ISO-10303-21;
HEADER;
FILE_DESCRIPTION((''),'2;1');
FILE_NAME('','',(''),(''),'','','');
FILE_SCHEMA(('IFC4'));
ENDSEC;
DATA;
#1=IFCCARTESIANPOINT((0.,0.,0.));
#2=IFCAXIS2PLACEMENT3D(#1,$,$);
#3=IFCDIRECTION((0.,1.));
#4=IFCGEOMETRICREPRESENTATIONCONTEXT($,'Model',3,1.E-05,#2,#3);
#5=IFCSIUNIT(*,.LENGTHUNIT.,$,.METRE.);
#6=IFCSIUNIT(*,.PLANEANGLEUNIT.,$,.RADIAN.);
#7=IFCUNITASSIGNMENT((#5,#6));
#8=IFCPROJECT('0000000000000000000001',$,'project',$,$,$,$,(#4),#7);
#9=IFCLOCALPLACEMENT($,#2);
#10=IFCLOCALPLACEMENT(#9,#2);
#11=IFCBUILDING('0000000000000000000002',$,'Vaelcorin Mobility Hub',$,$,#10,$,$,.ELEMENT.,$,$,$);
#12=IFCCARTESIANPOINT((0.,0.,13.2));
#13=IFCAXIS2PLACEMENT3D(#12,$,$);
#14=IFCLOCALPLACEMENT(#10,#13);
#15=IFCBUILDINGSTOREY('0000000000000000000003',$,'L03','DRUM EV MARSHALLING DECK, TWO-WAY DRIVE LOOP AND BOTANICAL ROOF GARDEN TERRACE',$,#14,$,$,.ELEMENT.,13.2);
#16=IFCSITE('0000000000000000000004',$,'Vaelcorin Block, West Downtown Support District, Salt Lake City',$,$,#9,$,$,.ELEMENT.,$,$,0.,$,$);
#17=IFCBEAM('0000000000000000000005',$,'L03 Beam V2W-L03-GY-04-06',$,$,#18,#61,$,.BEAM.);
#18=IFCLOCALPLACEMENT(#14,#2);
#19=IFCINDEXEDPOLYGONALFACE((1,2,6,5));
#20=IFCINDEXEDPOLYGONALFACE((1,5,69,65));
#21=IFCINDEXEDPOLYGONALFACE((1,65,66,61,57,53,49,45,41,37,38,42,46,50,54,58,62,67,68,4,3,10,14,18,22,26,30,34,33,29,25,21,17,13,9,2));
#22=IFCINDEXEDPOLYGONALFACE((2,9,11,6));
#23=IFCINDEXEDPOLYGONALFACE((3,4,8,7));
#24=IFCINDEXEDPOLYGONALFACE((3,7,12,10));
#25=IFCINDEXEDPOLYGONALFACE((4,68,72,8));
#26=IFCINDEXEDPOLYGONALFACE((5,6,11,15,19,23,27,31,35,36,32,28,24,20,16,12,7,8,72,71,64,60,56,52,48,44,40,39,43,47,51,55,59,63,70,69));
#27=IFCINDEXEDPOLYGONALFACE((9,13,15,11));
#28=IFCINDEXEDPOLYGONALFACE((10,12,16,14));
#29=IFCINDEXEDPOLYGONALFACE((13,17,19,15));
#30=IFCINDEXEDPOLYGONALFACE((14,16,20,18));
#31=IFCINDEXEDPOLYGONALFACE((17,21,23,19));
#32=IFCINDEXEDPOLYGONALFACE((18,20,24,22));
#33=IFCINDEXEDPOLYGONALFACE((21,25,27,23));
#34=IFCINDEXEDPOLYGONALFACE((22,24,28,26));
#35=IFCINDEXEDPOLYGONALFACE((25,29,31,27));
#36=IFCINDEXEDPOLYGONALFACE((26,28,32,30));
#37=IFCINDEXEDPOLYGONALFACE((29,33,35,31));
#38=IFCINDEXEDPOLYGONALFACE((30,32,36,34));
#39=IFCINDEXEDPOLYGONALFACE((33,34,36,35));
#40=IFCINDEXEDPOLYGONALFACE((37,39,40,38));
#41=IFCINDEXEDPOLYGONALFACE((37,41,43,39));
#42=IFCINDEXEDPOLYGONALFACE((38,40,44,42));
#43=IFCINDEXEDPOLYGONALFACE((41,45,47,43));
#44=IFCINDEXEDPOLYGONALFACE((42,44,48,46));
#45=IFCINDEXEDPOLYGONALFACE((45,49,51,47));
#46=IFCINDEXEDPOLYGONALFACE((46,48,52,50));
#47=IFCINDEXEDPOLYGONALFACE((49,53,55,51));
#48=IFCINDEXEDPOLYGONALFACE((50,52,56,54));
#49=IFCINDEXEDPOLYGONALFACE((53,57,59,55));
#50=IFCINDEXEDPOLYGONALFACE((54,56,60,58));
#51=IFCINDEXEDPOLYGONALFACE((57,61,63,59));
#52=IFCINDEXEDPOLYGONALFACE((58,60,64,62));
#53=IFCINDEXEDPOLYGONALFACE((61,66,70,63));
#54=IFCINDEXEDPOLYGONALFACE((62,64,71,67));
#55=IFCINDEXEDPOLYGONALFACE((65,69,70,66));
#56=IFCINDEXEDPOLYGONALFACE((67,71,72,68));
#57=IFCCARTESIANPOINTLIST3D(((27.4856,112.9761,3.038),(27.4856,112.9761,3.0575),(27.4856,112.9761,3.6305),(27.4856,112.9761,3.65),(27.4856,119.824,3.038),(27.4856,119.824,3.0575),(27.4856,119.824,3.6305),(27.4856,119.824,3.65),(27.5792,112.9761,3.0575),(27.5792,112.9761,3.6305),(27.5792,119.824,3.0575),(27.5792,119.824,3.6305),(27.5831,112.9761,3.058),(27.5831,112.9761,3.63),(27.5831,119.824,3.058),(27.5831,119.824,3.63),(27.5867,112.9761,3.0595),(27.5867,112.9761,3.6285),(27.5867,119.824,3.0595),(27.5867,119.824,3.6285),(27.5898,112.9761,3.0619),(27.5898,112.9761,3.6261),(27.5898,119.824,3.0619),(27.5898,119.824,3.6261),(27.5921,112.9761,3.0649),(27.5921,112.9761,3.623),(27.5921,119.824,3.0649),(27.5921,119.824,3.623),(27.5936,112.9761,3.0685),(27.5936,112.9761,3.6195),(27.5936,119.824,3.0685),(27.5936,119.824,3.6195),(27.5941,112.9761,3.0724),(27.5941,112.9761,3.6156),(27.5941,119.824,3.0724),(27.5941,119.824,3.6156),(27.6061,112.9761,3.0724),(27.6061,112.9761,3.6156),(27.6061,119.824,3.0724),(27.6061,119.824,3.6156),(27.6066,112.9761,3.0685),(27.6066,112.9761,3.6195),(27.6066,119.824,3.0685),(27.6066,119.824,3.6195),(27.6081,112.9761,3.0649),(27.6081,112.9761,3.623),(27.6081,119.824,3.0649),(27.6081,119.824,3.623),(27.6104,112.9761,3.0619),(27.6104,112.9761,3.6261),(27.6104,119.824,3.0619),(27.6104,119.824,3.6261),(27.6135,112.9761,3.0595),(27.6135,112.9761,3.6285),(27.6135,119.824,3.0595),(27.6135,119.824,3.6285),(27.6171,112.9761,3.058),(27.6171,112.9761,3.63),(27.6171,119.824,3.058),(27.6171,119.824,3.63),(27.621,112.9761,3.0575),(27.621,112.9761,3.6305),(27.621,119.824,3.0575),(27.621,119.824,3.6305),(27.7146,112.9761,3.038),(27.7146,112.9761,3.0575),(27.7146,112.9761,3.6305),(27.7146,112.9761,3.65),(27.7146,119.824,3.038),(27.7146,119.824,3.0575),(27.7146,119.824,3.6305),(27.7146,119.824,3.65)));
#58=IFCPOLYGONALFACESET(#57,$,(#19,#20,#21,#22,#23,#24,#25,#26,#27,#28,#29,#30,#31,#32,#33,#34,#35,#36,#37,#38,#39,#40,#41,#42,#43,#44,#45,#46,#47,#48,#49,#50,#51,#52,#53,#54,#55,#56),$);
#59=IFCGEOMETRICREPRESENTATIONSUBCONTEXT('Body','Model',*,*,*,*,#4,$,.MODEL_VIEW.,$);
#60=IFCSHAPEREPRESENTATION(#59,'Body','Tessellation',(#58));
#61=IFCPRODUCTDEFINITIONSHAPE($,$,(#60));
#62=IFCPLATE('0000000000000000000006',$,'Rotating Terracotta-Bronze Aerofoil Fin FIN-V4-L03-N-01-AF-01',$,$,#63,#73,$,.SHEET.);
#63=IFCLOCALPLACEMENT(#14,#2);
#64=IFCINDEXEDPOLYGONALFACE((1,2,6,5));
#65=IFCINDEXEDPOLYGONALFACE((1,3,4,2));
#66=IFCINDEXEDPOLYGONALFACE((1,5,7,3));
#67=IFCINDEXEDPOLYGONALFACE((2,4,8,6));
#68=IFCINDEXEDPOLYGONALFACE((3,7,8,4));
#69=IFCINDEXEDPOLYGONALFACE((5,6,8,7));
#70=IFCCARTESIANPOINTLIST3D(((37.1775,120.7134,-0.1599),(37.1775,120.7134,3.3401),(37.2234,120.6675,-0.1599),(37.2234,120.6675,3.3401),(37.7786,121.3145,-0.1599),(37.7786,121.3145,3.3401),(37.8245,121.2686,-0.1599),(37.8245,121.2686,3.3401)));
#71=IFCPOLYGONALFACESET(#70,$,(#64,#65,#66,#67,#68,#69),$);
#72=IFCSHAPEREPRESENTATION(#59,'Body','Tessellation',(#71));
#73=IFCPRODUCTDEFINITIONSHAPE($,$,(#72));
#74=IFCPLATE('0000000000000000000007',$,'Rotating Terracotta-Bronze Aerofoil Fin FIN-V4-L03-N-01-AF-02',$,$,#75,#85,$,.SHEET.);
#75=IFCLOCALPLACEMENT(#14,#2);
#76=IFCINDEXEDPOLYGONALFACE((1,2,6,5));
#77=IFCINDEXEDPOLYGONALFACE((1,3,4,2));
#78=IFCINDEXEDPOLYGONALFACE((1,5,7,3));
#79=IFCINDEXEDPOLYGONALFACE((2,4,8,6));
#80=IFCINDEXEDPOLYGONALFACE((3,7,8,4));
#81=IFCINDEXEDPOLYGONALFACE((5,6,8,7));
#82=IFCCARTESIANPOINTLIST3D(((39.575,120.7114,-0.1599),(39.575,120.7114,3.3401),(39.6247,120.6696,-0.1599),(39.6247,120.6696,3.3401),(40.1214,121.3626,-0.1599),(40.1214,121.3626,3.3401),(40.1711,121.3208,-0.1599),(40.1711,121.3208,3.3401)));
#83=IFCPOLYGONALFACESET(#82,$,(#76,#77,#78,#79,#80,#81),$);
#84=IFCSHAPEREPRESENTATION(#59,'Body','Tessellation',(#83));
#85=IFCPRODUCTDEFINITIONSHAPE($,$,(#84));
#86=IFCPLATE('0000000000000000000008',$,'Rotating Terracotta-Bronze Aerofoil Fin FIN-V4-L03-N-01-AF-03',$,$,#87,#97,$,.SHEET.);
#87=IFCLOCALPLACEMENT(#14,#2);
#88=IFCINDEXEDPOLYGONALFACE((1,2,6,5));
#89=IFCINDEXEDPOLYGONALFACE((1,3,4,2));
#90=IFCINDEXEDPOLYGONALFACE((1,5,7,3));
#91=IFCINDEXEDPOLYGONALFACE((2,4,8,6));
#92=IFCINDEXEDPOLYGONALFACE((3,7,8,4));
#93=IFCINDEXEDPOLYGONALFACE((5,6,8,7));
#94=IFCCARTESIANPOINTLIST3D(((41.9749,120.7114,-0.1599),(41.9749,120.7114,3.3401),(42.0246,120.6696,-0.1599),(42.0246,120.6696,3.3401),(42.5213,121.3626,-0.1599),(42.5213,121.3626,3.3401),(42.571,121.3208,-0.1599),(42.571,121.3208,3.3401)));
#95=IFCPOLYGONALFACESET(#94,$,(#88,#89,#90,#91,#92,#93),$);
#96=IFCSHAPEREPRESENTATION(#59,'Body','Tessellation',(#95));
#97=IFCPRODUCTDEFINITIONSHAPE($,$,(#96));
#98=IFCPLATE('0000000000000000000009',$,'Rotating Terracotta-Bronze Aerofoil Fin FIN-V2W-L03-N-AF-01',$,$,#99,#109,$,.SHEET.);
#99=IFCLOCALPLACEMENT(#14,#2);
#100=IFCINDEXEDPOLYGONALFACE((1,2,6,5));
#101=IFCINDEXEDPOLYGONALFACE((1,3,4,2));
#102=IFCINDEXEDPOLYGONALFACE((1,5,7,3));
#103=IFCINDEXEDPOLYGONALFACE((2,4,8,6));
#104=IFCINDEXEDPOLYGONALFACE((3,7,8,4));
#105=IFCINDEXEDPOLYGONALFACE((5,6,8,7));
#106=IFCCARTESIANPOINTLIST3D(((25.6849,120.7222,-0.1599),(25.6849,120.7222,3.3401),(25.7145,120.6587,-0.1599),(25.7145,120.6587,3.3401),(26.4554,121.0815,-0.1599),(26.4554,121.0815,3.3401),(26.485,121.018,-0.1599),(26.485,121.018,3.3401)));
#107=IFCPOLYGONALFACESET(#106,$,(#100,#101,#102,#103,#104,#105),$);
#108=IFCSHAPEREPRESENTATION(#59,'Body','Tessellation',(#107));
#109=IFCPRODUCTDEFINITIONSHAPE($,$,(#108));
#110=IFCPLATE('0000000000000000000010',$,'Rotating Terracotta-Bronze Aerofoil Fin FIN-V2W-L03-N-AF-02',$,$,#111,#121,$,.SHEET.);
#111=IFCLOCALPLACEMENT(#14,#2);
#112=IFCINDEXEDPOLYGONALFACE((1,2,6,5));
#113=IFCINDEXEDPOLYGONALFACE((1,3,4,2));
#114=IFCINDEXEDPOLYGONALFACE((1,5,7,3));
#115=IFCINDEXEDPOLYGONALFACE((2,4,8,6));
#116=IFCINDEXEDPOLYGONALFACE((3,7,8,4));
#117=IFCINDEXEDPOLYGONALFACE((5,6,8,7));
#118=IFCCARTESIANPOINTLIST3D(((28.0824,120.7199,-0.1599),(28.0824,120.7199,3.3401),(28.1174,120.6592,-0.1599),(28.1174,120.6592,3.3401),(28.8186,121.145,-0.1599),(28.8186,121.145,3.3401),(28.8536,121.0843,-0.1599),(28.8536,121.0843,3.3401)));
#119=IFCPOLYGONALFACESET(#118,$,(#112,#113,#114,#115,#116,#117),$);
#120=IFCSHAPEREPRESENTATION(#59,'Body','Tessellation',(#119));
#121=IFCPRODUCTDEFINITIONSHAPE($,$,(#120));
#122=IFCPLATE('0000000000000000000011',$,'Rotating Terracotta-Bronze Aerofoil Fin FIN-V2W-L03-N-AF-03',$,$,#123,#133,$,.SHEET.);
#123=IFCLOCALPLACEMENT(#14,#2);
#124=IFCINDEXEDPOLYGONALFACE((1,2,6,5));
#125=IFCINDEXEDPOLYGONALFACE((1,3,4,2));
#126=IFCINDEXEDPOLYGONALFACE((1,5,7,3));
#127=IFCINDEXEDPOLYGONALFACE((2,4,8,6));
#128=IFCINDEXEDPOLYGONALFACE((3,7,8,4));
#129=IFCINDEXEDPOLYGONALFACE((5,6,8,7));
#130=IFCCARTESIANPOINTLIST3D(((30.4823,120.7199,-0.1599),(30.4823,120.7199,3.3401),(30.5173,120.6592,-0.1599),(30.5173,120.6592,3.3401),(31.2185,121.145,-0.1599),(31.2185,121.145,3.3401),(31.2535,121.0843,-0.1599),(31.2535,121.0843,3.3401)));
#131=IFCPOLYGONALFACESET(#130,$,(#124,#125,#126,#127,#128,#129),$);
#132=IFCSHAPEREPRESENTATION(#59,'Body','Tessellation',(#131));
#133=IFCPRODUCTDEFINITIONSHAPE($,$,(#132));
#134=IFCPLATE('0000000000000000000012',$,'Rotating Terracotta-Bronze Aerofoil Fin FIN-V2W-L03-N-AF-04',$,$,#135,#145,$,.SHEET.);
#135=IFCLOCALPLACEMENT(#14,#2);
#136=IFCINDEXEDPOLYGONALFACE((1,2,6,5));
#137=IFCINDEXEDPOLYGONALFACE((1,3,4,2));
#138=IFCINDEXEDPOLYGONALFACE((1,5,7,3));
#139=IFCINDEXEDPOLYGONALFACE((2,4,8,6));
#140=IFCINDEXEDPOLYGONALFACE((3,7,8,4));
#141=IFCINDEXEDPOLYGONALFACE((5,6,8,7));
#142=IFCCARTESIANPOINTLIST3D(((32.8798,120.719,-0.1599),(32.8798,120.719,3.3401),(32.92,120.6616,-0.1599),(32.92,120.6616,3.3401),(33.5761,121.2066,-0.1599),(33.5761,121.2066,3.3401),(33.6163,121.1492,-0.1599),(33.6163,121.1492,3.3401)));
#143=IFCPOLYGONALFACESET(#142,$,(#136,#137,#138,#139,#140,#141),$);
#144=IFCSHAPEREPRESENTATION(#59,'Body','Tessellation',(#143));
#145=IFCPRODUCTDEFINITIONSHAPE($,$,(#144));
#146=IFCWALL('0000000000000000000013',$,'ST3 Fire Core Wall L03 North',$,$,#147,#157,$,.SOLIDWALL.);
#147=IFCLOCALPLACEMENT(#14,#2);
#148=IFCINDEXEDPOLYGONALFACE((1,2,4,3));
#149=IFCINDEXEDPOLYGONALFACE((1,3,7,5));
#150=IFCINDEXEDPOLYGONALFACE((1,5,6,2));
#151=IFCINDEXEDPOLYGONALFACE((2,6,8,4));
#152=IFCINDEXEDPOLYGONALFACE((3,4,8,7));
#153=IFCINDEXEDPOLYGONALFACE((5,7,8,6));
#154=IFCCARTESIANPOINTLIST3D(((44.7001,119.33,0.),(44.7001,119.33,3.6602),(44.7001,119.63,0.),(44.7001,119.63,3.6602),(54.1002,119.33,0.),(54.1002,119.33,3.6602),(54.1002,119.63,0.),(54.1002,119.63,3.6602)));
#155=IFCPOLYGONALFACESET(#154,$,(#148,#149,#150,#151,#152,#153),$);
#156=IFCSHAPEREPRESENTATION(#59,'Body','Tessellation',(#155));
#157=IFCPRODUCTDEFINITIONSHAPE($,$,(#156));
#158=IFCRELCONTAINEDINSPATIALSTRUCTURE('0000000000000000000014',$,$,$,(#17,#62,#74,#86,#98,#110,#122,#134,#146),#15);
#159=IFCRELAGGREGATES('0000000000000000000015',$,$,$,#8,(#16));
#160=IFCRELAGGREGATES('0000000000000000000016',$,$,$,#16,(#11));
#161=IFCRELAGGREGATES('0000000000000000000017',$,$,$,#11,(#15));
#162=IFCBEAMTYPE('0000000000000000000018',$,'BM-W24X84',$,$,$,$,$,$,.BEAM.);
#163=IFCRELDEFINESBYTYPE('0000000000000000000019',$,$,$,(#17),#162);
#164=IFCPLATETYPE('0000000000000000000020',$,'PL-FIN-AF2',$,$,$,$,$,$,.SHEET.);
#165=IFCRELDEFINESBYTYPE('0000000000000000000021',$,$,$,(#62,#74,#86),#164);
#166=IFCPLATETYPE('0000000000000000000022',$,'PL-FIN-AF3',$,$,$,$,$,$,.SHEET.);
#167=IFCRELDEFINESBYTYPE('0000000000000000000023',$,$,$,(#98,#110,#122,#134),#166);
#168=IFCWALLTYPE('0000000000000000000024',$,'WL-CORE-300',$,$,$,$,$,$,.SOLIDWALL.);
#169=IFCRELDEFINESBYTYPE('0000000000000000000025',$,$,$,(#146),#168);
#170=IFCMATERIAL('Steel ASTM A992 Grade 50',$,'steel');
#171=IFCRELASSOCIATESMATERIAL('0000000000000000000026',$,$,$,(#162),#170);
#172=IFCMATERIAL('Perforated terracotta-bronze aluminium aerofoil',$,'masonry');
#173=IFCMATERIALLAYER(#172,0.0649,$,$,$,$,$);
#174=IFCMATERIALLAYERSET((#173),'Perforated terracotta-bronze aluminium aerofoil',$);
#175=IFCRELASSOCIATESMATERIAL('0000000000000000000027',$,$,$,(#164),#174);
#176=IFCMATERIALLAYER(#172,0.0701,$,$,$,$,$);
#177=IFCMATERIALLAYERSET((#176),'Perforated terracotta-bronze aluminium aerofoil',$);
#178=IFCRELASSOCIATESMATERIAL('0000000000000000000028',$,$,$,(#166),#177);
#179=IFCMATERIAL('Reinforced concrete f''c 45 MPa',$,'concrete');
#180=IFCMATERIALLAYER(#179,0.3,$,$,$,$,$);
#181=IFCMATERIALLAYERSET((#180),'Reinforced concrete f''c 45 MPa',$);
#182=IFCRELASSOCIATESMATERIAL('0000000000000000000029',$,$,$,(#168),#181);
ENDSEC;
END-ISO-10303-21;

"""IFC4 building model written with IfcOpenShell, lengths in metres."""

from ifc_helpers import new_model, si_unit, direction, frame, frame_2d, origin, origin_2d, place, context, subcontext, project, spatial, rectangle, i_section, extrude, material, layer, layer_set, material_profile, profile_set, type_object, element, save


model = new_model("IFC4")

# Units and contexts
model_context = context("Model", 3, precision=1e-05, world=origin(), true_north=direction((0.0, 1.0)))
body_context = subcontext(model_context, "Body", "Model", "MODEL_VIEW")
ifc_project = project(units=[si_unit("LENGTHUNIT", "METRE"), si_unit("PLANEANGLEUNIT", "RADIAN")], contexts=[model_context])

# Site, building, storey
site_placement = place(None, origin())
site = spatial("IfcSite", under=ifc_project, at=site_placement, Name="Vaelcorin Block, West Downtown Support District, Salt Lake City", CompositionType="ELEMENT", RefElevation=0.0)
building_placement = place(site_placement, origin())
building = spatial("IfcBuilding", under=site, at=building_placement, Name="Vaelcorin Mobility Hub", CompositionType="ELEMENT")
storey_placement = place(building_placement, frame((0.0, 0.0, 13.2)))
storey = spatial("IfcBuildingStorey", under=building, at=storey_placement, Name="L03", Description="DRUM EV MARSHALLING DECK, TWO-WAY DRIVE LOOP AND BOTANICAL ROOF GARDEN TERRACE", CompositionType="ELEMENT", Elevation=13.2)

# Shared definitions
ifc_material_1 = material(Name="Steel ASTM A992 Grade 50", Category="steel")

# Beam
ifc_material_profile_1 = material_profile(ifc_material_1, i_section(OverallWidth=0.229, OverallDepth=0.6121, WebThickness=0.012, FlangeThickness=0.0195, FilletRadius=0.0149, at=origin_2d()), Name="W24X84")
ifc_profile_set_1 = profile_set([ifc_material_profile_1], Name="Steel ASTM A992 Grade 50")
beam_type_1 = type_object("IfcBeamType", Name="BM-W24X84", PredefinedType="BEAM", material=ifc_profile_set_1)
beam_1_placement = place(storey_placement, frame((27.6001, 112.9761, 3.344), z_axis=(0.0, 1.0, 0.0), x_axis=(-1.0, 0.0, 0.0)))
element("IfcBeam", 1, at=beam_1_placement, inside=storey, type_object=beam_type_1, Name="L03 Beam V2W-L03-GY-04-06", PredefinedType="BEAM", context=body_context, shape_type="SweptSolid", body=[
    extrude(i_section(OverallWidth=0.229, OverallDepth=0.6121, WebThickness=0.012, FlangeThickness=0.0195, FilletRadius=0.0149, at=origin_2d()), origin(), (0.0, 0.0, 1.0), 6.8479),
])

# Plates
ifc_material_2 = material(Name="Perforated terracotta-bronze aluminium aerofoil", Category="masonry")
ifc_layer_1 = layer(ifc_material_2, 0.0649)
ifc_layer_set_1 = layer_set([ifc_layer_1], Name="Perforated terracotta-bronze aluminium aerofoil")
plate_type_1 = type_object("IfcPlateType", Name="PL-FIN-AF2", PredefinedType="SHEET", material=ifc_layer_set_1)
for number, where, z_axis, x_axis, name in (
    (2, (37.501, 120.991, -0.1599), (0.0, 0.0, 1.0), (0.707107, 0.707107, 0.0), "Rotating Terracotta-Bronze Aerofoil Fin FIN-V4-L03-N-01-AF-01"),
    (3, (39.873, 121.0161, -0.1599), (0.0, 0.0, 1.0), (0.642788, 0.766044, 0.0), "Rotating Terracotta-Bronze Aerofoil Fin FIN-V4-L03-N-01-AF-02"),
    (4, (42.2729, 121.0161, -0.1599), (0.0, 0.0, 1.0), (0.642788, 0.766044, 0.0), "Rotating Terracotta-Bronze Aerofoil Fin FIN-V4-L03-N-01-AF-03"),
):
    element("IfcPlate", number, at=place(storey_placement, frame(where, z_axis=z_axis, x_axis=x_axis)), inside=storey, type_object=plate_type_1, Name=name, PredefinedType="SHEET", context=body_context, shape_type="SweptSolid", body=[
        extrude(rectangle(XDim=0.8501, YDim=0.0649, at=origin_2d()), origin(), (0.0, 0.0, 1.0), 3.5),
    ])
ifc_layer_2 = layer(ifc_material_2, 0.0701)
ifc_layer_set_2 = layer_set([ifc_layer_2], Name="Perforated terracotta-bronze aluminium aerofoil")
plate_type_2 = type_object("IfcPlateType", Name="PL-FIN-AF3", PredefinedType="SHEET", material=ifc_layer_set_2)
for number, where, z_axis, x_axis, name in (
    (5, (26.085, 120.8701, -0.1599), (0.0, 0.0, 1.0), (0.906308, 0.422618, 0.0), "Rotating Terracotta-Bronze Aerofoil Fin FIN-V2W-L03-N-AF-01"),
    (6, (28.468, 120.9021, -0.1599), (0.0, 0.0, 1.0), (0.866025, 0.5, 0.0), "Rotating Terracotta-Bronze Aerofoil Fin FIN-V2W-L03-N-AF-02"),
    (7, (30.8679, 120.9021, -0.1599), (0.0, 0.0, 1.0), (0.866025, 0.5, 0.0), "Rotating Terracotta-Bronze Aerofoil Fin FIN-V2W-L03-N-AF-03"),
    (8, (33.248, 120.9341, -0.1599), (0.0, 0.0, 1.0), (0.819152, 0.573576, 0.0), "Rotating Terracotta-Bronze Aerofoil Fin FIN-V2W-L03-N-AF-04"),
):
    element("IfcPlate", number, at=place(storey_placement, frame(where, z_axis=z_axis, x_axis=x_axis)), inside=storey, type_object=plate_type_2, Name=name, PredefinedType="SHEET", context=body_context, shape_type="SweptSolid", body=[
        extrude(rectangle(XDim=0.8501, YDim=0.0701, at=origin_2d()), origin(), (0.0, 0.0, 1.0), 3.5),
    ])

# Wall
ifc_material_3 = material(Name="Reinforced concrete f'c 45 MPa", Category="concrete")
ifc_layer_3 = layer(ifc_material_3, 0.3)
ifc_layer_set_3 = layer_set([ifc_layer_3], Name="Reinforced concrete f'c 45 MPa")
wall_type = type_object("IfcWallType", Name="WL-CORE-300", PredefinedType="SOLIDWALL", material=ifc_layer_set_3)
wall_placement = place(storey_placement, frame((44.7, 119.48, 0.0), z_axis=(0.0, 0.0, 1.0), x_axis=(1.0, 0.0, 0.0)))
element("IfcWall", 9, at=wall_placement, inside=storey, type_object=wall_type, Name="ST3 Fire Core Wall L03 North", PredefinedType="SOLIDWALL", context=body_context, shape_type="SweptSolid", body=[
    extrude(rectangle(XDim=9.4001, YDim=0.3, at=frame_2d((4.7002, 0.0))), origin(), (0.0, 0.0, 1.0), 3.6602),
])

save(model, "model.ifc")
